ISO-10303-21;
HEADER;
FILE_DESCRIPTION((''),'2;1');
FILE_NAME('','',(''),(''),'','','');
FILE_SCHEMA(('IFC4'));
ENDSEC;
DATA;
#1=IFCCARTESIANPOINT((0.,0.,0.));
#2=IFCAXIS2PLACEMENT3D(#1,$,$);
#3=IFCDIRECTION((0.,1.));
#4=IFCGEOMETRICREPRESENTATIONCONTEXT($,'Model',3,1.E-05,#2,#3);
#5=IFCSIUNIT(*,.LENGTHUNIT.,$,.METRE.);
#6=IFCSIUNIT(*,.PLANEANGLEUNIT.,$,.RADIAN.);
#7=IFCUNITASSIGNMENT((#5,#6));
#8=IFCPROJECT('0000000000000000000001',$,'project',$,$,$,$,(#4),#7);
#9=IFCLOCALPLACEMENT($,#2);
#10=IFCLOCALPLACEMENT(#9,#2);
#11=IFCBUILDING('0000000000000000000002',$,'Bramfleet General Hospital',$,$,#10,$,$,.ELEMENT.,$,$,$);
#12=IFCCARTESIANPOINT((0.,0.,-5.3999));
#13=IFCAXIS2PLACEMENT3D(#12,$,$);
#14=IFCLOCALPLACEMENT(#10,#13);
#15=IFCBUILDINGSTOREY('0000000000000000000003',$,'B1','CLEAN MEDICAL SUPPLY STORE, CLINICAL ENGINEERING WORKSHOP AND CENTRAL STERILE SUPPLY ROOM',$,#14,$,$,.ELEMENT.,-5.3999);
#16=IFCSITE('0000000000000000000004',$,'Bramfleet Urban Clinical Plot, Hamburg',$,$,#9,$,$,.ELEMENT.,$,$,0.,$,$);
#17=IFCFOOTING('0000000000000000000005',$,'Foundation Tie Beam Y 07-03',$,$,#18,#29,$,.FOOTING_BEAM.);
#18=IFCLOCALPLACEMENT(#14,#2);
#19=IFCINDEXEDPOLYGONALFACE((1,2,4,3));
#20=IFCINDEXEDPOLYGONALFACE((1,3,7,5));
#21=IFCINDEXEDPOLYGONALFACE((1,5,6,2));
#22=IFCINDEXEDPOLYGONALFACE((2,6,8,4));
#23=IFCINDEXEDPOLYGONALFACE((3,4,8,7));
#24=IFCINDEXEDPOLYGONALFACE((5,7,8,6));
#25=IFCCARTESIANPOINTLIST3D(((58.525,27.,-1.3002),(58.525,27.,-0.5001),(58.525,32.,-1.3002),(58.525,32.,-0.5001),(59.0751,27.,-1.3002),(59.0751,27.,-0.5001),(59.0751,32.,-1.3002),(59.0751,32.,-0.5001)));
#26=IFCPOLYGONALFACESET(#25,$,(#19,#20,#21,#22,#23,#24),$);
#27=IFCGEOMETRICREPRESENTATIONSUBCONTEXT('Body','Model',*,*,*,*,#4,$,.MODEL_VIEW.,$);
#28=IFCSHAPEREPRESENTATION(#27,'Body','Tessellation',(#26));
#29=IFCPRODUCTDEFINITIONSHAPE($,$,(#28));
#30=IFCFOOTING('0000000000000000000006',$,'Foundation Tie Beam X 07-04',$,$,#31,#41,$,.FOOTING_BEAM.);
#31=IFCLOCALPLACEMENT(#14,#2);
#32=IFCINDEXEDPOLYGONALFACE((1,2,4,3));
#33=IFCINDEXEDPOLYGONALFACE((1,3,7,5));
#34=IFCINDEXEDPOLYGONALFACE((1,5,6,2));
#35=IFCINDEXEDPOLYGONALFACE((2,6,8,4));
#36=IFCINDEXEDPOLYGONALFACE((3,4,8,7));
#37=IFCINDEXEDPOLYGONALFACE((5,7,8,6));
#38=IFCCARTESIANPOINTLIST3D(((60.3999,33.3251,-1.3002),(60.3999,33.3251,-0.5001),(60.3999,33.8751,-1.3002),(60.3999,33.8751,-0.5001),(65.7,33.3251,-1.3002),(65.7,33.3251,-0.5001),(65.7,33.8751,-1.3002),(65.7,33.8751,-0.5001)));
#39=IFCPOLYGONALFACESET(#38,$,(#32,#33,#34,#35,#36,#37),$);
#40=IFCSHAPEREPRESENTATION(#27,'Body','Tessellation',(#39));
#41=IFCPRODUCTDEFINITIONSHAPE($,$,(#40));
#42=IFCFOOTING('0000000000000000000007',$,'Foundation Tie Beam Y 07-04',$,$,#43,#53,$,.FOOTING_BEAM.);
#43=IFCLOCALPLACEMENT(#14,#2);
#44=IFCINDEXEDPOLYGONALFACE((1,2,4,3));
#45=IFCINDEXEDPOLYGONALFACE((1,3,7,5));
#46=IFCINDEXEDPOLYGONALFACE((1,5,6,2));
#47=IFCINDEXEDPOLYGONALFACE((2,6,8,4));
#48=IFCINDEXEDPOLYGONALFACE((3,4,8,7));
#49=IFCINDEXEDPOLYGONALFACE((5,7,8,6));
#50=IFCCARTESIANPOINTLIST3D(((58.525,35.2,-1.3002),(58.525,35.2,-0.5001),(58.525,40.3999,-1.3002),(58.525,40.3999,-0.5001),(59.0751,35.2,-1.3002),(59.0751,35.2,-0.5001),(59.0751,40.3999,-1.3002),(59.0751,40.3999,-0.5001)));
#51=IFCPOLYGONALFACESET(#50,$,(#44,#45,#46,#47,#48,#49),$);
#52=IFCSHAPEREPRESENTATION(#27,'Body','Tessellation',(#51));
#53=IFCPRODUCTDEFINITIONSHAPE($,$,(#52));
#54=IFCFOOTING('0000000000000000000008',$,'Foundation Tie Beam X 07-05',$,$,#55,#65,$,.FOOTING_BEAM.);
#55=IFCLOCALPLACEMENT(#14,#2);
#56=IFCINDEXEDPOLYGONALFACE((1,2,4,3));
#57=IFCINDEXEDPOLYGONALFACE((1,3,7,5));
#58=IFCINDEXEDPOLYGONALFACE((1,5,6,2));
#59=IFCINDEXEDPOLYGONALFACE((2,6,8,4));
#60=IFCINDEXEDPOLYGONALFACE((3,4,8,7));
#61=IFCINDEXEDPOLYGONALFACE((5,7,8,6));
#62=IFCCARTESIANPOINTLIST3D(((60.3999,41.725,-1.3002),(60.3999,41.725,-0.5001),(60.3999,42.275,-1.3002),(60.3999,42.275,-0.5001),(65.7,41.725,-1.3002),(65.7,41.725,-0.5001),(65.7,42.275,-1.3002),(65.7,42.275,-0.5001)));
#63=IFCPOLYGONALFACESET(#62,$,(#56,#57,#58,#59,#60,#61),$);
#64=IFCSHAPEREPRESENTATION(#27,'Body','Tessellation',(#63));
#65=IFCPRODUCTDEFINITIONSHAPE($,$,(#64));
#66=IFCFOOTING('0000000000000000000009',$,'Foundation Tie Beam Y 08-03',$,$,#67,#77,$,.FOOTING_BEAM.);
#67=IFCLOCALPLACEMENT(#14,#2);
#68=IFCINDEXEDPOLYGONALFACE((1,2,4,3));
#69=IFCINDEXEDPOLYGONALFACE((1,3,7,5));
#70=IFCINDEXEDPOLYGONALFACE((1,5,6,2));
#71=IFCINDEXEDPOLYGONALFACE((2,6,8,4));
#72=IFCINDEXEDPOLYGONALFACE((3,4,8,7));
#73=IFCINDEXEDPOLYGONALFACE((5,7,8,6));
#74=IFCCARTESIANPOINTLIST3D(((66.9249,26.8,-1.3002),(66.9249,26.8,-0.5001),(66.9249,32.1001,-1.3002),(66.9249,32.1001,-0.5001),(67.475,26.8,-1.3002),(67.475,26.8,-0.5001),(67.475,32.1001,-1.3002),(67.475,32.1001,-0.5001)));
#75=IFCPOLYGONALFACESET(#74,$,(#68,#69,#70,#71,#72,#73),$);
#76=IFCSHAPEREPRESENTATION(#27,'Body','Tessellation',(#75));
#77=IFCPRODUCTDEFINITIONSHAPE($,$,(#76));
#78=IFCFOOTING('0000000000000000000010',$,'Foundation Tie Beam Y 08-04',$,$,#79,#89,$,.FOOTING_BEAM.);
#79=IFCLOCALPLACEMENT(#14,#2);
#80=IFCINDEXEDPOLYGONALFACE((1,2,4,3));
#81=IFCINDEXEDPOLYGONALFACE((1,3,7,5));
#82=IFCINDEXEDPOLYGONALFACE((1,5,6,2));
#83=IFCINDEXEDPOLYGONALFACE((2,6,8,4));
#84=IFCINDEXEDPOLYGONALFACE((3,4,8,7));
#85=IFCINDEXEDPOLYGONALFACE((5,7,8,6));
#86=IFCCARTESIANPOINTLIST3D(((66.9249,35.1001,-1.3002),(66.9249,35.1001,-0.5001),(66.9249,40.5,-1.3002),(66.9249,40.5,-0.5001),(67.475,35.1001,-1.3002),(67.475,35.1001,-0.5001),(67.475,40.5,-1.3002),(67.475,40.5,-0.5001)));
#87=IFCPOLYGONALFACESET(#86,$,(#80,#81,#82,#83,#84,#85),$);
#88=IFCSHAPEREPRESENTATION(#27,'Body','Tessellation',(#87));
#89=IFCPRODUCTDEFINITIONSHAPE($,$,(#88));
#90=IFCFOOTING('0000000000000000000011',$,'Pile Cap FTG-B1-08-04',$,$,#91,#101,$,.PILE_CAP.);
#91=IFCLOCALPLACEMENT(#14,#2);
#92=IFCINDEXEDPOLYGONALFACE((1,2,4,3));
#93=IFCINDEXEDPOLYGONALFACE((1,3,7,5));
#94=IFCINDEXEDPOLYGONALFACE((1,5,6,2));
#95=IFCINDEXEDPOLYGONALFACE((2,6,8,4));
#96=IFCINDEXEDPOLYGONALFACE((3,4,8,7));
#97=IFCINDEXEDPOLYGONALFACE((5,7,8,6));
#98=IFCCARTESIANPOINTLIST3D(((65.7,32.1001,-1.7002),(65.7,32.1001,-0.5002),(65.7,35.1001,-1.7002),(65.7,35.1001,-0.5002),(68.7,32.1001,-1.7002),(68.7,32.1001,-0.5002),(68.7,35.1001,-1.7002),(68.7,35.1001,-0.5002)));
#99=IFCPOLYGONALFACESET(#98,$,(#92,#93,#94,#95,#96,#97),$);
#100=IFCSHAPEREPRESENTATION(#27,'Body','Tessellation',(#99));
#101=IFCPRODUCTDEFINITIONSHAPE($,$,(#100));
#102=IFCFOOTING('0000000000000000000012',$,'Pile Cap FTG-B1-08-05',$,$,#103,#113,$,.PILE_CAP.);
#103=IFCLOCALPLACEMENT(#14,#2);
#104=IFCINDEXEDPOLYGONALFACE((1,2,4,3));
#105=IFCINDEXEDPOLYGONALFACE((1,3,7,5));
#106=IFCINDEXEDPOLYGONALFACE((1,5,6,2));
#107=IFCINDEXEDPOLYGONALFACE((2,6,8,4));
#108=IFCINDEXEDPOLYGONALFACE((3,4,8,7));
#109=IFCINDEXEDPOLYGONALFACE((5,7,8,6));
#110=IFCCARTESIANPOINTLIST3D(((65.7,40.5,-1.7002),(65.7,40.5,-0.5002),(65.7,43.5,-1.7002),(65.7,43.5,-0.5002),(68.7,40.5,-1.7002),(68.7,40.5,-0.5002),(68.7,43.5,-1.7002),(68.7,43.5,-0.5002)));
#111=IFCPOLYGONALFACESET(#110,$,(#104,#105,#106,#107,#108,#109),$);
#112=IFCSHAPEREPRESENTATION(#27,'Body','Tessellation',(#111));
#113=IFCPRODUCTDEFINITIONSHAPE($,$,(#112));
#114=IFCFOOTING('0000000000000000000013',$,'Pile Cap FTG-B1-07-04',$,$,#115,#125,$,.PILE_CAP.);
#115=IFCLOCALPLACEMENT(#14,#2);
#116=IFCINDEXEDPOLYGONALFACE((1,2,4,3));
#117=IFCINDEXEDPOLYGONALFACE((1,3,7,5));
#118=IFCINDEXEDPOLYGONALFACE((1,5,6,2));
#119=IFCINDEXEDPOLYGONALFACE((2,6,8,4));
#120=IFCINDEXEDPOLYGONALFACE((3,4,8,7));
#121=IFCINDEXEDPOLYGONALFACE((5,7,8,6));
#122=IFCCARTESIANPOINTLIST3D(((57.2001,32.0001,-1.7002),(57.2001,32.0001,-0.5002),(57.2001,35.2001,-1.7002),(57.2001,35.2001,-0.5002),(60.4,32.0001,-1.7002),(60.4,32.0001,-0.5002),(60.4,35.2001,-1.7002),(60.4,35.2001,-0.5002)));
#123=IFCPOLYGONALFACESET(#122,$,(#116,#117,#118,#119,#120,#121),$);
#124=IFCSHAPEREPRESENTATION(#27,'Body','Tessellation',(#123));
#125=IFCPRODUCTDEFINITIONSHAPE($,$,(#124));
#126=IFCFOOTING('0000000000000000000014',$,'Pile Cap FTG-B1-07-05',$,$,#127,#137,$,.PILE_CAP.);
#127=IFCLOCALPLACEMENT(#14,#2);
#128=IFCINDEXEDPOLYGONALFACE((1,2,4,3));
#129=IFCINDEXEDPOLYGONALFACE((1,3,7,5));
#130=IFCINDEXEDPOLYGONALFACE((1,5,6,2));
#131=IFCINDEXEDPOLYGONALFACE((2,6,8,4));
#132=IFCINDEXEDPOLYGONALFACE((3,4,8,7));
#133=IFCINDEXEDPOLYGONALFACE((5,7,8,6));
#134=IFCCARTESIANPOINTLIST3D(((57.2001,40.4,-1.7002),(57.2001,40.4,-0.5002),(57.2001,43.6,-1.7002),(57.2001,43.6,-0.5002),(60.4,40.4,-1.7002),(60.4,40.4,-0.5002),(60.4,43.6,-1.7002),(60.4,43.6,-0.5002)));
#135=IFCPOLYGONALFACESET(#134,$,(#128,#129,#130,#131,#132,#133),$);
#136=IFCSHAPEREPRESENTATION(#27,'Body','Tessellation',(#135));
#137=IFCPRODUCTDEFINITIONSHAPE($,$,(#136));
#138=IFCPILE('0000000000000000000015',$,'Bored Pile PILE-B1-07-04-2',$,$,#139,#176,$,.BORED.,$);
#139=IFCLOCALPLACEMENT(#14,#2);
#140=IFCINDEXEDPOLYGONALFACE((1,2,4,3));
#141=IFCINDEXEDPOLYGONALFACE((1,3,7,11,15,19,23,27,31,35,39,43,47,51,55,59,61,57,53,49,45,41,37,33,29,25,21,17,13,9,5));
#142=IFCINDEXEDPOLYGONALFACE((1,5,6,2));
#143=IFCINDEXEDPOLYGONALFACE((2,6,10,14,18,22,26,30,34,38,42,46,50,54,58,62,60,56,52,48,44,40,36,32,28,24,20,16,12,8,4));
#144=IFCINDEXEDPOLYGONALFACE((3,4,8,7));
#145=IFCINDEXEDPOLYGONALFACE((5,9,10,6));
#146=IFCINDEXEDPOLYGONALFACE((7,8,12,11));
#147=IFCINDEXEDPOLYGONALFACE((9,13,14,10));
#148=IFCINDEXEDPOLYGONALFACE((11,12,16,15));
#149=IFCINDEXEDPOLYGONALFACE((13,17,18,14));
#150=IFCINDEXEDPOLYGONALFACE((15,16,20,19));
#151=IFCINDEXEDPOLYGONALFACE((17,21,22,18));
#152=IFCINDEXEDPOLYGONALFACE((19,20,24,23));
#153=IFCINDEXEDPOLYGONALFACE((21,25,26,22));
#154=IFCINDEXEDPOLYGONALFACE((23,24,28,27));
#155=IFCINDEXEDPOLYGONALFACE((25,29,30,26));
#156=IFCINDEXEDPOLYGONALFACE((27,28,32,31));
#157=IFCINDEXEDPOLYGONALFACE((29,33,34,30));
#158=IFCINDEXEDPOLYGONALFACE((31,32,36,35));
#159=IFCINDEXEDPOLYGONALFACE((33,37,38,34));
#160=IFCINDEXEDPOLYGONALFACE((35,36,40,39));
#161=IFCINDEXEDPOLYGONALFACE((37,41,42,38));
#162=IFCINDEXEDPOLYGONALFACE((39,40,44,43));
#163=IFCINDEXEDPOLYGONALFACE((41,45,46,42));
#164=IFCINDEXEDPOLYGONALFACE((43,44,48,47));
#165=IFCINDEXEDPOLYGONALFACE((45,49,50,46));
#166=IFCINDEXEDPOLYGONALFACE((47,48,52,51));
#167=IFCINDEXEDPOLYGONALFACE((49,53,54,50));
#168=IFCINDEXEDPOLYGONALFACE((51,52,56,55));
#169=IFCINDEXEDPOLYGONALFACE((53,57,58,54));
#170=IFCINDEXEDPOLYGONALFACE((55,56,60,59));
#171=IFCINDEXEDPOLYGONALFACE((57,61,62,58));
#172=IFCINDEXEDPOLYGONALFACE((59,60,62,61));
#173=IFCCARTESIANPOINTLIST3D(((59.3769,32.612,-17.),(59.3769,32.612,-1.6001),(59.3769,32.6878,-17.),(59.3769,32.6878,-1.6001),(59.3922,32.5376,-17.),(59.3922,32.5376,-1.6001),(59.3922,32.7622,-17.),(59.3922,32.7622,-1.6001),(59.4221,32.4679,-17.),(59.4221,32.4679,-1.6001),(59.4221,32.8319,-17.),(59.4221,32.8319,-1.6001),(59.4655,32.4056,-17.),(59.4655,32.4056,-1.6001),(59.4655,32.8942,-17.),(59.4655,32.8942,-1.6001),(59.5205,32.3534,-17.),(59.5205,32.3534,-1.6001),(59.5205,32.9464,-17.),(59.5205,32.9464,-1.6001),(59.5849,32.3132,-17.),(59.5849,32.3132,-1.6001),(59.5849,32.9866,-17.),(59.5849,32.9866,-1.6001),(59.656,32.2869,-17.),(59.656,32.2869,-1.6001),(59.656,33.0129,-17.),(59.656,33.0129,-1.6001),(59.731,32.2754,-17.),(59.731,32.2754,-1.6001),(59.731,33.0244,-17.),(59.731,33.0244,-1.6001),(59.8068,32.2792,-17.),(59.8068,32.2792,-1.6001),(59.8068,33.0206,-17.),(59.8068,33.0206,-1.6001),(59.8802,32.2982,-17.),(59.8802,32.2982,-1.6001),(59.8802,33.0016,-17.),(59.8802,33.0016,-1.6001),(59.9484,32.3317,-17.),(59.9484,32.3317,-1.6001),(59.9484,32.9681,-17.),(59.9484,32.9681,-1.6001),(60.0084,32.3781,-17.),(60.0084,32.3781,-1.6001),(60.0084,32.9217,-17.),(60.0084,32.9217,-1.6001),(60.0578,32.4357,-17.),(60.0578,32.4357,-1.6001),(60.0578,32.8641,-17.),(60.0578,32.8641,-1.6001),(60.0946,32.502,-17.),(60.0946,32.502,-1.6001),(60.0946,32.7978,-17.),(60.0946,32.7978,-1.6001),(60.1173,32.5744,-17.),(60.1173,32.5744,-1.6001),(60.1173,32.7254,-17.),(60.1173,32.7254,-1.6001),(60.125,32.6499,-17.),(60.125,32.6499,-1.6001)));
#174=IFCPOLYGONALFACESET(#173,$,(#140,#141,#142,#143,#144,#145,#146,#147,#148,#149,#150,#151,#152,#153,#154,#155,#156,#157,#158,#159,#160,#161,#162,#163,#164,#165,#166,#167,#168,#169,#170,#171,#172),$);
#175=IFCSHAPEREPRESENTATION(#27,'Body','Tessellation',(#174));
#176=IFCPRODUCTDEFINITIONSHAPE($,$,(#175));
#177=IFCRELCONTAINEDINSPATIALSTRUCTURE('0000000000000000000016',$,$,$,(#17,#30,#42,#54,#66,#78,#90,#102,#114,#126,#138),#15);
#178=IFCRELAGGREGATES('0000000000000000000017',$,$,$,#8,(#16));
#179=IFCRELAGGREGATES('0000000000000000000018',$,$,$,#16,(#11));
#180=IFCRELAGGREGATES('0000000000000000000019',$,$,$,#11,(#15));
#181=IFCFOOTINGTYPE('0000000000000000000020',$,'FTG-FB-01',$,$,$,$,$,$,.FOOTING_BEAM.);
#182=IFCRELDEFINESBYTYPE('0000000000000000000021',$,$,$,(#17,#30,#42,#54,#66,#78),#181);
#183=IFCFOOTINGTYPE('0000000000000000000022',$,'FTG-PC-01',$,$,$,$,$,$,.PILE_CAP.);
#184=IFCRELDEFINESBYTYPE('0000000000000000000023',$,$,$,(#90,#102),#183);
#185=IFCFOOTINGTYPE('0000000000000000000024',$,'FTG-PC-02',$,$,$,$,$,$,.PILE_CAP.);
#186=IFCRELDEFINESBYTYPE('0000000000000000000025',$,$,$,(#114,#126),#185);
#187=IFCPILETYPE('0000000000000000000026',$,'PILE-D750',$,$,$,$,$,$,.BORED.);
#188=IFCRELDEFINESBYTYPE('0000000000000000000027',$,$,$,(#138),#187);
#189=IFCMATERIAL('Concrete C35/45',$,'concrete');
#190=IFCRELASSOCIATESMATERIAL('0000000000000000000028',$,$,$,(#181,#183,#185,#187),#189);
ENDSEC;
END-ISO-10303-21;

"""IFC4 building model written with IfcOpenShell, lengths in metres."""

from ifc_helpers import new_model, si_unit, direction, frame, origin, origin_2d, place, context, subcontext, project, spatial, rectangle, circle, extrude, material, material_profile, profile_set, type_object, element, save


model = new_model("IFC4")

# Units and contexts
model_context = context("Model", 3, precision=1e-05, world=origin(), true_north=direction((0.0, 1.0)))
body_context = subcontext(model_context, "Body", "Model", "MODEL_VIEW")
ifc_project = project(units=[si_unit("LENGTHUNIT", "METRE"), si_unit("PLANEANGLEUNIT", "RADIAN")], contexts=[model_context])

# Site, building, storey
site_placement = place(None, origin())
site = spatial("IfcSite", under=ifc_project, at=site_placement, Name="Bramfleet Urban Clinical Plot, Hamburg", CompositionType="ELEMENT", RefElevation=0.0)
building_placement = place(site_placement, origin())
building = spatial("IfcBuilding", under=site, at=building_placement, Name="Bramfleet General Hospital", CompositionType="ELEMENT")
storey_placement = place(building_placement, frame((0.0, 0.0, -5.3999)))
storey = spatial("IfcBuildingStorey", under=building, at=storey_placement, Name="B1", Description="CLEAN MEDICAL SUPPLY STORE, CLINICAL ENGINEERING WORKSHOP AND CENTRAL STERILE SUPPLY ROOM", CompositionType="ELEMENT", Elevation=-5.3999)

# Footings
ifc_material_1 = material(Name="Concrete C35/45", Category="concrete")
ifc_material_profile_1 = material_profile(ifc_material_1, rectangle(XDim=0.55, YDim=0.8, at=origin_2d()), Name="RC FB 800x550")
ifc_profile_set_1 = profile_set([ifc_material_profile_1], Name="Concrete C35/45")
footing_type_1 = type_object("IfcFootingType", Name="FTG-FB-01", PredefinedType="FOOTING_BEAM", material=ifc_profile_set_1)
footing_1_placement = place(storey_placement, frame((58.8, 27.0, -0.9001), z_axis=(0.0, 1.0, 0.0), x_axis=(-1.0, 0.0, 0.0)))
element("IfcFooting", 1, at=footing_1_placement, inside=storey, type_object=footing_type_1, Name="Foundation Tie Beam Y 07-03", PredefinedType="FOOTING_BEAM", context=body_context, shape_type="SweptSolid", body=[
    extrude(rectangle(XDim=0.55, YDim=0.8, at=origin_2d()), origin(), (0.0, 0.0, 1.0), 5.0),
])
footing_2_placement = place(storey_placement, frame((60.3999, 33.6001, -0.9001), z_axis=(1.0, 0.0, 0.0), x_axis=(0.0, 1.0, 0.0)))
element("IfcFooting", 2, at=footing_2_placement, inside=storey, type_object=footing_type_1, Name="Foundation Tie Beam X 07-04", PredefinedType="FOOTING_BEAM", context=body_context, shape_type="SweptSolid", body=[
    extrude(rectangle(XDim=0.55, YDim=0.8, at=origin_2d()), origin(), (0.0, 0.0, 1.0), 5.3),
])
footing_3_placement = place(storey_placement, frame((58.8, 35.2, -0.9001), z_axis=(0.0, 1.0, 0.0), x_axis=(-1.0, 0.0, 0.0)))
element("IfcFooting", 3, at=footing_3_placement, inside=storey, type_object=footing_type_1, Name="Foundation Tie Beam Y 07-04", PredefinedType="FOOTING_BEAM", context=body_context, shape_type="SweptSolid", body=[
    extrude(rectangle(XDim=0.55, YDim=0.8, at=origin_2d()), origin(), (0.0, 0.0, 1.0), 5.2),
])
for number, where, z_axis, x_axis, name in (
    (4, (60.3999, 42.0, -0.9001), (1.0, 0.0, 0.0), (0.0, 1.0, 0.0), "Foundation Tie Beam X 07-05"),
    (5, (67.2, 26.8, -0.9001), (0.0, 1.0, 0.0), (-1.0, 0.0, 0.0), "Foundation Tie Beam Y 08-03"),
):
    element("IfcFooting", number, at=place(storey_placement, frame(where, z_axis=z_axis, x_axis=x_axis)), inside=storey, type_object=footing_type_1, Name=name, PredefinedType="FOOTING_BEAM", context=body_context, shape_type="SweptSolid", body=[
        extrude(rectangle(XDim=0.55, YDim=0.8, at=origin_2d()), origin(), (0.0, 0.0, 1.0), 5.3),
    ])
footing_4_placement = place(storey_placement, frame((67.2, 35.1001, -0.9001), z_axis=(0.0, 1.0, 0.0), x_axis=(-1.0, 0.0, 0.0)))
element("IfcFooting", 6, at=footing_4_placement, inside=storey, type_object=footing_type_1, Name="Foundation Tie Beam Y 08-04", PredefinedType="FOOTING_BEAM", context=body_context, shape_type="SweptSolid", body=[
    extrude(rectangle(XDim=0.55, YDim=0.8, at=origin_2d()), origin(), (0.0, 0.0, 1.0), 5.3999),
])
footing_type_2 = type_object("IfcFootingType", Name="FTG-PC-01", PredefinedType="PILE_CAP", material=ifc_material_1)
for number, where, z_axis, x_axis, name in (
    (7, (67.2, 33.6001, -1.7002), (0.0, 0.0, 1.0), (1.0, 0.0, 0.0), "Pile Cap FTG-B1-08-04"),
    (8, (67.2, 42.0, -1.7002), (0.0, 0.0, 1.0), (1.0, 0.0, 0.0), "Pile Cap FTG-B1-08-05"),
):
    element("IfcFooting", number, at=place(storey_placement, frame(where, z_axis=z_axis, x_axis=x_axis)), inside=storey, type_object=footing_type_2, Name=name, PredefinedType="PILE_CAP", context=body_context, shape_type="SweptSolid", body=[
        extrude(rectangle(XDim=3.0, YDim=3.0, at=origin_2d()), origin(), (0.0, 0.0, 1.0), 1.2),
    ])
footing_type_3 = type_object("IfcFootingType", Name="FTG-PC-02", PredefinedType="PILE_CAP", material=ifc_material_1)
for number, where, z_axis, x_axis, name in (
    (9, (58.8, 33.6001, -1.7002), (0.0, 0.0, 1.0), (1.0, 0.0, 0.0), "Pile Cap FTG-B1-07-04"),
    (10, (58.8, 42.0, -1.7002), (0.0, 0.0, 1.0), (1.0, 0.0, 0.0), "Pile Cap FTG-B1-07-05"),
):
    element("IfcFooting", number, at=place(storey_placement, frame(where, z_axis=z_axis, x_axis=x_axis)), inside=storey, type_object=footing_type_3, Name=name, PredefinedType="PILE_CAP", context=body_context, shape_type="SweptSolid", body=[
        extrude(rectangle(XDim=3.2, YDim=3.2, at=origin_2d()), origin(), (0.0, 0.0, 1.0), 1.2),
    ])

# Pile
ifc_material_profile_2 = material_profile(ifc_material_1, circle(Radius=0.375, at=origin_2d()), Name="PILE BORED D750")
ifc_profile_set_2 = profile_set([ifc_material_profile_2], Name="Concrete C35/45")
pile_type_1 = type_object("IfcPileType", Name="PILE-D750", PredefinedType="BORED", material=ifc_profile_set_2)
for number, where, z_axis, x_axis, name in (
    (11, (59.75, 32.6499, -1.6001), (0.0, 0.0, -1.0), (1.0, 0.0, 0.0), "Bored Pile PILE-B1-07-04-2"),
):
    element("IfcPile", number, at=place(storey_placement, frame(where, z_axis=z_axis, x_axis=x_axis)), inside=storey, type_object=pile_type_1, Name=name, PredefinedType="BORED", context=body_context, shape_type="SweptSolid", body=[
        extrude(circle(Radius=0.375, at=origin_2d()), origin(), (0.0, 0.0, 1.0), 15.3999),
    ])

save(model, "model.ifc")
